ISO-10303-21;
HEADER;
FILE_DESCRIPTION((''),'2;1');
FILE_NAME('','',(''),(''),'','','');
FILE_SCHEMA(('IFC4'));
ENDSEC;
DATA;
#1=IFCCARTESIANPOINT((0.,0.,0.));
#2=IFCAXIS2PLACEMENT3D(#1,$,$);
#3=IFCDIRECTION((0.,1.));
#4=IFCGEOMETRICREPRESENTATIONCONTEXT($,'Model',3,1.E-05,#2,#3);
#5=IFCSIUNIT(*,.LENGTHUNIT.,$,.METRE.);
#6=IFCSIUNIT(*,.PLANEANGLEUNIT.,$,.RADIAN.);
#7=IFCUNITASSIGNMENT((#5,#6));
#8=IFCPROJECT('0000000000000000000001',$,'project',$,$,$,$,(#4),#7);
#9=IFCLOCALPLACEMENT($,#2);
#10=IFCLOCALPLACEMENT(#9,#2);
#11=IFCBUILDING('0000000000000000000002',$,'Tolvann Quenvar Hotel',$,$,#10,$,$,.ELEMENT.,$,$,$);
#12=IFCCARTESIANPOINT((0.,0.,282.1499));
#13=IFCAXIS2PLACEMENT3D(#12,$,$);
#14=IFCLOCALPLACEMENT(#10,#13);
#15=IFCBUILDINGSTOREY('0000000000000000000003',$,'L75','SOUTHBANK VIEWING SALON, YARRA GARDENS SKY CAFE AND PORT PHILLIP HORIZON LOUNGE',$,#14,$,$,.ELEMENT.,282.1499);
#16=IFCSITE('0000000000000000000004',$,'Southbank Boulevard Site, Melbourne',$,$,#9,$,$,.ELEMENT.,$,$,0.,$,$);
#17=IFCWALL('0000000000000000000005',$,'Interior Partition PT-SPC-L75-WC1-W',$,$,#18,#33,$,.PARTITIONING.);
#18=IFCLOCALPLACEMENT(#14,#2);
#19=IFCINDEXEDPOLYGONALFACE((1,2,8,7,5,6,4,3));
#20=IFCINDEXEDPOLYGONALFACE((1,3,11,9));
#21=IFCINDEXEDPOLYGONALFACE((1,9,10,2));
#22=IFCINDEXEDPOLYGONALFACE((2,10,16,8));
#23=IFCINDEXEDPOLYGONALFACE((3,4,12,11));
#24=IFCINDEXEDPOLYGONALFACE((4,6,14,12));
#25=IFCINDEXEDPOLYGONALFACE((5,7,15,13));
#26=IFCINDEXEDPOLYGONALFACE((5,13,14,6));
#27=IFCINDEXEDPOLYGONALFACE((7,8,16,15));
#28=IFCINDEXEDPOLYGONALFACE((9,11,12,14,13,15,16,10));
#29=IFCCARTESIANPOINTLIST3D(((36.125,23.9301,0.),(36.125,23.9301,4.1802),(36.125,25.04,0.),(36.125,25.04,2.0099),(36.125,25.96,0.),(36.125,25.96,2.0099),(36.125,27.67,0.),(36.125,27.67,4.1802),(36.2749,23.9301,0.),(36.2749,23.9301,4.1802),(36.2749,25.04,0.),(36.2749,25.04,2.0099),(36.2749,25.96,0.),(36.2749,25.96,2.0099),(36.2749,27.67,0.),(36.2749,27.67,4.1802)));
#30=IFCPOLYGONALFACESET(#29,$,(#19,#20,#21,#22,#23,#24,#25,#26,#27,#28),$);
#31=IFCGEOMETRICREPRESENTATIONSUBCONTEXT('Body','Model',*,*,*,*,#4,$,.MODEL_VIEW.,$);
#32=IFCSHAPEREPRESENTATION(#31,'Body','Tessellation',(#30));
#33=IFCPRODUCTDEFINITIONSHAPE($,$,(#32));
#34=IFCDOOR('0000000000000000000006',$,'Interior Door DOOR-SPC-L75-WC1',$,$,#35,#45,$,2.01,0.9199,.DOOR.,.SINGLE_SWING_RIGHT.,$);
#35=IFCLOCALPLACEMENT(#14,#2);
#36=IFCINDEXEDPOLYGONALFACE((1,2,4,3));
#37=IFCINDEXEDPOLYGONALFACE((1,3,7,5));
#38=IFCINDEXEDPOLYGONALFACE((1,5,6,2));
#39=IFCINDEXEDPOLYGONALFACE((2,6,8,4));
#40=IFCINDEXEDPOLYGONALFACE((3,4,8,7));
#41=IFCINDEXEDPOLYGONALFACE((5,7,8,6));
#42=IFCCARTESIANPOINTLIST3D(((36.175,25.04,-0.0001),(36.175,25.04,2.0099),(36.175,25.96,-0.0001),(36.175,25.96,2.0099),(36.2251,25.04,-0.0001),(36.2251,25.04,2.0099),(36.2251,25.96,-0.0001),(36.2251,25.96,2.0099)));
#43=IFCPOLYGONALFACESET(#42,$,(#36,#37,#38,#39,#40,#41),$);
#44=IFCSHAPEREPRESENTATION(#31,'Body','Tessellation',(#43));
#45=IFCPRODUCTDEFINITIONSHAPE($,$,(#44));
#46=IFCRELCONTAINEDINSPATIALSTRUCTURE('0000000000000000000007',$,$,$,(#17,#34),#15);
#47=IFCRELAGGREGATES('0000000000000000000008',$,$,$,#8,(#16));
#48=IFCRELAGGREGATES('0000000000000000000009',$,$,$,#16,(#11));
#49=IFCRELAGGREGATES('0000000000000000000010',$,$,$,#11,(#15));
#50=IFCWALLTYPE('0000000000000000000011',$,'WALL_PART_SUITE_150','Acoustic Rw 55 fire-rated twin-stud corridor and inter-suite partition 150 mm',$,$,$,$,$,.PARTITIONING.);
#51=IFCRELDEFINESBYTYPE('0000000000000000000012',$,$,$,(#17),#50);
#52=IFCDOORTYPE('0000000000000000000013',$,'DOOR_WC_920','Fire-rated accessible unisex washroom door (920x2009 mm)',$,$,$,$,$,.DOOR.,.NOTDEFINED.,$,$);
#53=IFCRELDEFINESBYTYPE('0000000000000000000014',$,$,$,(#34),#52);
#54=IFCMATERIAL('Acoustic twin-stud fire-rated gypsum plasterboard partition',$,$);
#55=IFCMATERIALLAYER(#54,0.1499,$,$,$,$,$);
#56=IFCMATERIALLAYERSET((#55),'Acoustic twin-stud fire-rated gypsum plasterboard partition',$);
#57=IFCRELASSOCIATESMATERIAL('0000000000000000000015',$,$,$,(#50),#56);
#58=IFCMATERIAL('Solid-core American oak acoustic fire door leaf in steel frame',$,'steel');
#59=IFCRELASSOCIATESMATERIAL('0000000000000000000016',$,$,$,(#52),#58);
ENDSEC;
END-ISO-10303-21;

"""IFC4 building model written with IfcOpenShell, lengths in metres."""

from ifc_helpers import new_model, si_unit, direction, frame, frame_2d, origin, place, context, subcontext, project, spatial, rectangle, extrude, source, transform, mapped, material, layer, layer_set, type_object, type_shapes, element, fill, save


model = new_model("IFC4")

# Units and contexts
model_context = context("Model", 3, precision=1e-05, world=origin(), true_north=direction((0.0, 1.0)))
body_context = subcontext(model_context, "Body", "Model", "MODEL_VIEW")
ifc_project = project(units=[si_unit("LENGTHUNIT", "METRE"), si_unit("PLANEANGLEUNIT", "RADIAN")], contexts=[model_context])

# Site, building, storey
site_placement = place(None, origin())
site = spatial("IfcSite", under=ifc_project, at=site_placement, Name="Southbank Boulevard Site, Melbourne", CompositionType="ELEMENT", RefElevation=0.0)
building_placement = place(site_placement, origin())
building = spatial("IfcBuilding", under=site, at=building_placement, Name="Tolvann Quenvar Hotel", CompositionType="ELEMENT")
storey_placement = place(building_placement, frame((0.0, 0.0, 282.1499)))
storey = spatial("IfcBuildingStorey", under=building, at=storey_placement, Name="L75", Description="SOUTHBANK VIEWING SALON, YARRA GARDENS SKY CAFE AND PORT PHILLIP HORIZON LOUNGE", CompositionType="ELEMENT", Elevation=282.1499)

# Shared definitions
ifc_material_1 = material(Name="Acoustic twin-stud fire-rated gypsum plasterboard partition")
ifc_layer_1 = layer(ifc_material_1, 0.1499)
ifc_layer_set_1 = layer_set([ifc_layer_1], Name="Acoustic twin-stud fire-rated gypsum plasterboard partition")
wall_type_1 = type_object("IfcWallType", Name="WALL_PART_SUITE_150", Description="Acoustic Rw 55 fire-rated twin-stud corridor and inter-suite partition 150 mm", PredefinedType="PARTITIONING", material=ifc_layer_set_1)

# Wall, opening, door
wall_1_placement = place(storey_placement, frame((36.2, 23.9299, 0.0), z_axis=(0.0, 0.0, 1.0), x_axis=(0.0, 1.0, 0.0)))
wall_1 = element("IfcWall", 1, at=wall_1_placement, inside=storey, type_object=wall_type_1, Name="Interior Partition PT-SPC-L75-WC1-W", PredefinedType="PARTITIONING", context=body_context, shape_type="SweptSolid", body=[
    extrude(rectangle(XDim=3.74, YDim=0.1499, at=frame_2d((1.8701, 0.0))), origin(), (0.0, 0.0, 1.0), 4.1802),
])
opening_1_placement = place(wall_1_placement, frame((1.1101, 0.0, 0.0)))
opening_1 = element("IfcOpeningElement", 2, at=opening_1_placement, cuts=wall_1, PredefinedType="OPENING", context=body_context, shape_type="SweptSolid", body=[
    extrude(rectangle(XDim=0.9199, YDim=2.01, at=frame_2d((0.46, 1.0049))), frame((0.0, 0.085, 0.0), z_axis=(0.0, -1.0, 0.0), x_axis=(1.0, 0.0, 0.0)), (0.0, 0.0, 1.0), 0.1699),
])
ifc_material_2 = material(Name="Solid-core American oak acoustic fire door leaf in steel frame", Category="steel")
door_type = type_object("IfcDoorType", Name="DOOR_WC_920", Description="Fire-rated accessible unisex washroom door (920x2009 mm)", OperationType="NOTDEFINED", PredefinedType="DOOR", material=ifc_material_2)
shared_shape_1 = source(origin(), body_context, "Body", "SweptSolid", [
    extrude(rectangle(XDim=0.9199, YDim=2.01, at=frame_2d((0.46, 1.0049))), frame((0.0, 0.0249, 0.0), z_axis=(0.0, -1.0, 0.0), x_axis=(1.0, 0.0, 0.0)), (0.0, 0.0, 1.0), 0.05),
])
type_shapes(door_type, [shared_shape_1])
door_placement = place(opening_1_placement, origin())
door = element("IfcDoor", 3, at=door_placement, inside=storey, type_object=door_type, Name="Interior Door DOOR-SPC-L75-WC1", OperationType="SINGLE_SWING_RIGHT", OverallHeight=2.01, OverallWidth=0.9199, PredefinedType="DOOR", context=body_context, shape_type="MappedRepresentation", body=[
    mapped(shared_shape_1, transform((0.0, 0.0, 0.0), x_axis=(1.0, 0.0, 0.0), y_axis=(0.0, 1.0, 0.0), z_axis=(0.0, 0.0, 1.0), scale=1.0)),
])
fill(opening_1, door)

save(model, "model.ifc")
